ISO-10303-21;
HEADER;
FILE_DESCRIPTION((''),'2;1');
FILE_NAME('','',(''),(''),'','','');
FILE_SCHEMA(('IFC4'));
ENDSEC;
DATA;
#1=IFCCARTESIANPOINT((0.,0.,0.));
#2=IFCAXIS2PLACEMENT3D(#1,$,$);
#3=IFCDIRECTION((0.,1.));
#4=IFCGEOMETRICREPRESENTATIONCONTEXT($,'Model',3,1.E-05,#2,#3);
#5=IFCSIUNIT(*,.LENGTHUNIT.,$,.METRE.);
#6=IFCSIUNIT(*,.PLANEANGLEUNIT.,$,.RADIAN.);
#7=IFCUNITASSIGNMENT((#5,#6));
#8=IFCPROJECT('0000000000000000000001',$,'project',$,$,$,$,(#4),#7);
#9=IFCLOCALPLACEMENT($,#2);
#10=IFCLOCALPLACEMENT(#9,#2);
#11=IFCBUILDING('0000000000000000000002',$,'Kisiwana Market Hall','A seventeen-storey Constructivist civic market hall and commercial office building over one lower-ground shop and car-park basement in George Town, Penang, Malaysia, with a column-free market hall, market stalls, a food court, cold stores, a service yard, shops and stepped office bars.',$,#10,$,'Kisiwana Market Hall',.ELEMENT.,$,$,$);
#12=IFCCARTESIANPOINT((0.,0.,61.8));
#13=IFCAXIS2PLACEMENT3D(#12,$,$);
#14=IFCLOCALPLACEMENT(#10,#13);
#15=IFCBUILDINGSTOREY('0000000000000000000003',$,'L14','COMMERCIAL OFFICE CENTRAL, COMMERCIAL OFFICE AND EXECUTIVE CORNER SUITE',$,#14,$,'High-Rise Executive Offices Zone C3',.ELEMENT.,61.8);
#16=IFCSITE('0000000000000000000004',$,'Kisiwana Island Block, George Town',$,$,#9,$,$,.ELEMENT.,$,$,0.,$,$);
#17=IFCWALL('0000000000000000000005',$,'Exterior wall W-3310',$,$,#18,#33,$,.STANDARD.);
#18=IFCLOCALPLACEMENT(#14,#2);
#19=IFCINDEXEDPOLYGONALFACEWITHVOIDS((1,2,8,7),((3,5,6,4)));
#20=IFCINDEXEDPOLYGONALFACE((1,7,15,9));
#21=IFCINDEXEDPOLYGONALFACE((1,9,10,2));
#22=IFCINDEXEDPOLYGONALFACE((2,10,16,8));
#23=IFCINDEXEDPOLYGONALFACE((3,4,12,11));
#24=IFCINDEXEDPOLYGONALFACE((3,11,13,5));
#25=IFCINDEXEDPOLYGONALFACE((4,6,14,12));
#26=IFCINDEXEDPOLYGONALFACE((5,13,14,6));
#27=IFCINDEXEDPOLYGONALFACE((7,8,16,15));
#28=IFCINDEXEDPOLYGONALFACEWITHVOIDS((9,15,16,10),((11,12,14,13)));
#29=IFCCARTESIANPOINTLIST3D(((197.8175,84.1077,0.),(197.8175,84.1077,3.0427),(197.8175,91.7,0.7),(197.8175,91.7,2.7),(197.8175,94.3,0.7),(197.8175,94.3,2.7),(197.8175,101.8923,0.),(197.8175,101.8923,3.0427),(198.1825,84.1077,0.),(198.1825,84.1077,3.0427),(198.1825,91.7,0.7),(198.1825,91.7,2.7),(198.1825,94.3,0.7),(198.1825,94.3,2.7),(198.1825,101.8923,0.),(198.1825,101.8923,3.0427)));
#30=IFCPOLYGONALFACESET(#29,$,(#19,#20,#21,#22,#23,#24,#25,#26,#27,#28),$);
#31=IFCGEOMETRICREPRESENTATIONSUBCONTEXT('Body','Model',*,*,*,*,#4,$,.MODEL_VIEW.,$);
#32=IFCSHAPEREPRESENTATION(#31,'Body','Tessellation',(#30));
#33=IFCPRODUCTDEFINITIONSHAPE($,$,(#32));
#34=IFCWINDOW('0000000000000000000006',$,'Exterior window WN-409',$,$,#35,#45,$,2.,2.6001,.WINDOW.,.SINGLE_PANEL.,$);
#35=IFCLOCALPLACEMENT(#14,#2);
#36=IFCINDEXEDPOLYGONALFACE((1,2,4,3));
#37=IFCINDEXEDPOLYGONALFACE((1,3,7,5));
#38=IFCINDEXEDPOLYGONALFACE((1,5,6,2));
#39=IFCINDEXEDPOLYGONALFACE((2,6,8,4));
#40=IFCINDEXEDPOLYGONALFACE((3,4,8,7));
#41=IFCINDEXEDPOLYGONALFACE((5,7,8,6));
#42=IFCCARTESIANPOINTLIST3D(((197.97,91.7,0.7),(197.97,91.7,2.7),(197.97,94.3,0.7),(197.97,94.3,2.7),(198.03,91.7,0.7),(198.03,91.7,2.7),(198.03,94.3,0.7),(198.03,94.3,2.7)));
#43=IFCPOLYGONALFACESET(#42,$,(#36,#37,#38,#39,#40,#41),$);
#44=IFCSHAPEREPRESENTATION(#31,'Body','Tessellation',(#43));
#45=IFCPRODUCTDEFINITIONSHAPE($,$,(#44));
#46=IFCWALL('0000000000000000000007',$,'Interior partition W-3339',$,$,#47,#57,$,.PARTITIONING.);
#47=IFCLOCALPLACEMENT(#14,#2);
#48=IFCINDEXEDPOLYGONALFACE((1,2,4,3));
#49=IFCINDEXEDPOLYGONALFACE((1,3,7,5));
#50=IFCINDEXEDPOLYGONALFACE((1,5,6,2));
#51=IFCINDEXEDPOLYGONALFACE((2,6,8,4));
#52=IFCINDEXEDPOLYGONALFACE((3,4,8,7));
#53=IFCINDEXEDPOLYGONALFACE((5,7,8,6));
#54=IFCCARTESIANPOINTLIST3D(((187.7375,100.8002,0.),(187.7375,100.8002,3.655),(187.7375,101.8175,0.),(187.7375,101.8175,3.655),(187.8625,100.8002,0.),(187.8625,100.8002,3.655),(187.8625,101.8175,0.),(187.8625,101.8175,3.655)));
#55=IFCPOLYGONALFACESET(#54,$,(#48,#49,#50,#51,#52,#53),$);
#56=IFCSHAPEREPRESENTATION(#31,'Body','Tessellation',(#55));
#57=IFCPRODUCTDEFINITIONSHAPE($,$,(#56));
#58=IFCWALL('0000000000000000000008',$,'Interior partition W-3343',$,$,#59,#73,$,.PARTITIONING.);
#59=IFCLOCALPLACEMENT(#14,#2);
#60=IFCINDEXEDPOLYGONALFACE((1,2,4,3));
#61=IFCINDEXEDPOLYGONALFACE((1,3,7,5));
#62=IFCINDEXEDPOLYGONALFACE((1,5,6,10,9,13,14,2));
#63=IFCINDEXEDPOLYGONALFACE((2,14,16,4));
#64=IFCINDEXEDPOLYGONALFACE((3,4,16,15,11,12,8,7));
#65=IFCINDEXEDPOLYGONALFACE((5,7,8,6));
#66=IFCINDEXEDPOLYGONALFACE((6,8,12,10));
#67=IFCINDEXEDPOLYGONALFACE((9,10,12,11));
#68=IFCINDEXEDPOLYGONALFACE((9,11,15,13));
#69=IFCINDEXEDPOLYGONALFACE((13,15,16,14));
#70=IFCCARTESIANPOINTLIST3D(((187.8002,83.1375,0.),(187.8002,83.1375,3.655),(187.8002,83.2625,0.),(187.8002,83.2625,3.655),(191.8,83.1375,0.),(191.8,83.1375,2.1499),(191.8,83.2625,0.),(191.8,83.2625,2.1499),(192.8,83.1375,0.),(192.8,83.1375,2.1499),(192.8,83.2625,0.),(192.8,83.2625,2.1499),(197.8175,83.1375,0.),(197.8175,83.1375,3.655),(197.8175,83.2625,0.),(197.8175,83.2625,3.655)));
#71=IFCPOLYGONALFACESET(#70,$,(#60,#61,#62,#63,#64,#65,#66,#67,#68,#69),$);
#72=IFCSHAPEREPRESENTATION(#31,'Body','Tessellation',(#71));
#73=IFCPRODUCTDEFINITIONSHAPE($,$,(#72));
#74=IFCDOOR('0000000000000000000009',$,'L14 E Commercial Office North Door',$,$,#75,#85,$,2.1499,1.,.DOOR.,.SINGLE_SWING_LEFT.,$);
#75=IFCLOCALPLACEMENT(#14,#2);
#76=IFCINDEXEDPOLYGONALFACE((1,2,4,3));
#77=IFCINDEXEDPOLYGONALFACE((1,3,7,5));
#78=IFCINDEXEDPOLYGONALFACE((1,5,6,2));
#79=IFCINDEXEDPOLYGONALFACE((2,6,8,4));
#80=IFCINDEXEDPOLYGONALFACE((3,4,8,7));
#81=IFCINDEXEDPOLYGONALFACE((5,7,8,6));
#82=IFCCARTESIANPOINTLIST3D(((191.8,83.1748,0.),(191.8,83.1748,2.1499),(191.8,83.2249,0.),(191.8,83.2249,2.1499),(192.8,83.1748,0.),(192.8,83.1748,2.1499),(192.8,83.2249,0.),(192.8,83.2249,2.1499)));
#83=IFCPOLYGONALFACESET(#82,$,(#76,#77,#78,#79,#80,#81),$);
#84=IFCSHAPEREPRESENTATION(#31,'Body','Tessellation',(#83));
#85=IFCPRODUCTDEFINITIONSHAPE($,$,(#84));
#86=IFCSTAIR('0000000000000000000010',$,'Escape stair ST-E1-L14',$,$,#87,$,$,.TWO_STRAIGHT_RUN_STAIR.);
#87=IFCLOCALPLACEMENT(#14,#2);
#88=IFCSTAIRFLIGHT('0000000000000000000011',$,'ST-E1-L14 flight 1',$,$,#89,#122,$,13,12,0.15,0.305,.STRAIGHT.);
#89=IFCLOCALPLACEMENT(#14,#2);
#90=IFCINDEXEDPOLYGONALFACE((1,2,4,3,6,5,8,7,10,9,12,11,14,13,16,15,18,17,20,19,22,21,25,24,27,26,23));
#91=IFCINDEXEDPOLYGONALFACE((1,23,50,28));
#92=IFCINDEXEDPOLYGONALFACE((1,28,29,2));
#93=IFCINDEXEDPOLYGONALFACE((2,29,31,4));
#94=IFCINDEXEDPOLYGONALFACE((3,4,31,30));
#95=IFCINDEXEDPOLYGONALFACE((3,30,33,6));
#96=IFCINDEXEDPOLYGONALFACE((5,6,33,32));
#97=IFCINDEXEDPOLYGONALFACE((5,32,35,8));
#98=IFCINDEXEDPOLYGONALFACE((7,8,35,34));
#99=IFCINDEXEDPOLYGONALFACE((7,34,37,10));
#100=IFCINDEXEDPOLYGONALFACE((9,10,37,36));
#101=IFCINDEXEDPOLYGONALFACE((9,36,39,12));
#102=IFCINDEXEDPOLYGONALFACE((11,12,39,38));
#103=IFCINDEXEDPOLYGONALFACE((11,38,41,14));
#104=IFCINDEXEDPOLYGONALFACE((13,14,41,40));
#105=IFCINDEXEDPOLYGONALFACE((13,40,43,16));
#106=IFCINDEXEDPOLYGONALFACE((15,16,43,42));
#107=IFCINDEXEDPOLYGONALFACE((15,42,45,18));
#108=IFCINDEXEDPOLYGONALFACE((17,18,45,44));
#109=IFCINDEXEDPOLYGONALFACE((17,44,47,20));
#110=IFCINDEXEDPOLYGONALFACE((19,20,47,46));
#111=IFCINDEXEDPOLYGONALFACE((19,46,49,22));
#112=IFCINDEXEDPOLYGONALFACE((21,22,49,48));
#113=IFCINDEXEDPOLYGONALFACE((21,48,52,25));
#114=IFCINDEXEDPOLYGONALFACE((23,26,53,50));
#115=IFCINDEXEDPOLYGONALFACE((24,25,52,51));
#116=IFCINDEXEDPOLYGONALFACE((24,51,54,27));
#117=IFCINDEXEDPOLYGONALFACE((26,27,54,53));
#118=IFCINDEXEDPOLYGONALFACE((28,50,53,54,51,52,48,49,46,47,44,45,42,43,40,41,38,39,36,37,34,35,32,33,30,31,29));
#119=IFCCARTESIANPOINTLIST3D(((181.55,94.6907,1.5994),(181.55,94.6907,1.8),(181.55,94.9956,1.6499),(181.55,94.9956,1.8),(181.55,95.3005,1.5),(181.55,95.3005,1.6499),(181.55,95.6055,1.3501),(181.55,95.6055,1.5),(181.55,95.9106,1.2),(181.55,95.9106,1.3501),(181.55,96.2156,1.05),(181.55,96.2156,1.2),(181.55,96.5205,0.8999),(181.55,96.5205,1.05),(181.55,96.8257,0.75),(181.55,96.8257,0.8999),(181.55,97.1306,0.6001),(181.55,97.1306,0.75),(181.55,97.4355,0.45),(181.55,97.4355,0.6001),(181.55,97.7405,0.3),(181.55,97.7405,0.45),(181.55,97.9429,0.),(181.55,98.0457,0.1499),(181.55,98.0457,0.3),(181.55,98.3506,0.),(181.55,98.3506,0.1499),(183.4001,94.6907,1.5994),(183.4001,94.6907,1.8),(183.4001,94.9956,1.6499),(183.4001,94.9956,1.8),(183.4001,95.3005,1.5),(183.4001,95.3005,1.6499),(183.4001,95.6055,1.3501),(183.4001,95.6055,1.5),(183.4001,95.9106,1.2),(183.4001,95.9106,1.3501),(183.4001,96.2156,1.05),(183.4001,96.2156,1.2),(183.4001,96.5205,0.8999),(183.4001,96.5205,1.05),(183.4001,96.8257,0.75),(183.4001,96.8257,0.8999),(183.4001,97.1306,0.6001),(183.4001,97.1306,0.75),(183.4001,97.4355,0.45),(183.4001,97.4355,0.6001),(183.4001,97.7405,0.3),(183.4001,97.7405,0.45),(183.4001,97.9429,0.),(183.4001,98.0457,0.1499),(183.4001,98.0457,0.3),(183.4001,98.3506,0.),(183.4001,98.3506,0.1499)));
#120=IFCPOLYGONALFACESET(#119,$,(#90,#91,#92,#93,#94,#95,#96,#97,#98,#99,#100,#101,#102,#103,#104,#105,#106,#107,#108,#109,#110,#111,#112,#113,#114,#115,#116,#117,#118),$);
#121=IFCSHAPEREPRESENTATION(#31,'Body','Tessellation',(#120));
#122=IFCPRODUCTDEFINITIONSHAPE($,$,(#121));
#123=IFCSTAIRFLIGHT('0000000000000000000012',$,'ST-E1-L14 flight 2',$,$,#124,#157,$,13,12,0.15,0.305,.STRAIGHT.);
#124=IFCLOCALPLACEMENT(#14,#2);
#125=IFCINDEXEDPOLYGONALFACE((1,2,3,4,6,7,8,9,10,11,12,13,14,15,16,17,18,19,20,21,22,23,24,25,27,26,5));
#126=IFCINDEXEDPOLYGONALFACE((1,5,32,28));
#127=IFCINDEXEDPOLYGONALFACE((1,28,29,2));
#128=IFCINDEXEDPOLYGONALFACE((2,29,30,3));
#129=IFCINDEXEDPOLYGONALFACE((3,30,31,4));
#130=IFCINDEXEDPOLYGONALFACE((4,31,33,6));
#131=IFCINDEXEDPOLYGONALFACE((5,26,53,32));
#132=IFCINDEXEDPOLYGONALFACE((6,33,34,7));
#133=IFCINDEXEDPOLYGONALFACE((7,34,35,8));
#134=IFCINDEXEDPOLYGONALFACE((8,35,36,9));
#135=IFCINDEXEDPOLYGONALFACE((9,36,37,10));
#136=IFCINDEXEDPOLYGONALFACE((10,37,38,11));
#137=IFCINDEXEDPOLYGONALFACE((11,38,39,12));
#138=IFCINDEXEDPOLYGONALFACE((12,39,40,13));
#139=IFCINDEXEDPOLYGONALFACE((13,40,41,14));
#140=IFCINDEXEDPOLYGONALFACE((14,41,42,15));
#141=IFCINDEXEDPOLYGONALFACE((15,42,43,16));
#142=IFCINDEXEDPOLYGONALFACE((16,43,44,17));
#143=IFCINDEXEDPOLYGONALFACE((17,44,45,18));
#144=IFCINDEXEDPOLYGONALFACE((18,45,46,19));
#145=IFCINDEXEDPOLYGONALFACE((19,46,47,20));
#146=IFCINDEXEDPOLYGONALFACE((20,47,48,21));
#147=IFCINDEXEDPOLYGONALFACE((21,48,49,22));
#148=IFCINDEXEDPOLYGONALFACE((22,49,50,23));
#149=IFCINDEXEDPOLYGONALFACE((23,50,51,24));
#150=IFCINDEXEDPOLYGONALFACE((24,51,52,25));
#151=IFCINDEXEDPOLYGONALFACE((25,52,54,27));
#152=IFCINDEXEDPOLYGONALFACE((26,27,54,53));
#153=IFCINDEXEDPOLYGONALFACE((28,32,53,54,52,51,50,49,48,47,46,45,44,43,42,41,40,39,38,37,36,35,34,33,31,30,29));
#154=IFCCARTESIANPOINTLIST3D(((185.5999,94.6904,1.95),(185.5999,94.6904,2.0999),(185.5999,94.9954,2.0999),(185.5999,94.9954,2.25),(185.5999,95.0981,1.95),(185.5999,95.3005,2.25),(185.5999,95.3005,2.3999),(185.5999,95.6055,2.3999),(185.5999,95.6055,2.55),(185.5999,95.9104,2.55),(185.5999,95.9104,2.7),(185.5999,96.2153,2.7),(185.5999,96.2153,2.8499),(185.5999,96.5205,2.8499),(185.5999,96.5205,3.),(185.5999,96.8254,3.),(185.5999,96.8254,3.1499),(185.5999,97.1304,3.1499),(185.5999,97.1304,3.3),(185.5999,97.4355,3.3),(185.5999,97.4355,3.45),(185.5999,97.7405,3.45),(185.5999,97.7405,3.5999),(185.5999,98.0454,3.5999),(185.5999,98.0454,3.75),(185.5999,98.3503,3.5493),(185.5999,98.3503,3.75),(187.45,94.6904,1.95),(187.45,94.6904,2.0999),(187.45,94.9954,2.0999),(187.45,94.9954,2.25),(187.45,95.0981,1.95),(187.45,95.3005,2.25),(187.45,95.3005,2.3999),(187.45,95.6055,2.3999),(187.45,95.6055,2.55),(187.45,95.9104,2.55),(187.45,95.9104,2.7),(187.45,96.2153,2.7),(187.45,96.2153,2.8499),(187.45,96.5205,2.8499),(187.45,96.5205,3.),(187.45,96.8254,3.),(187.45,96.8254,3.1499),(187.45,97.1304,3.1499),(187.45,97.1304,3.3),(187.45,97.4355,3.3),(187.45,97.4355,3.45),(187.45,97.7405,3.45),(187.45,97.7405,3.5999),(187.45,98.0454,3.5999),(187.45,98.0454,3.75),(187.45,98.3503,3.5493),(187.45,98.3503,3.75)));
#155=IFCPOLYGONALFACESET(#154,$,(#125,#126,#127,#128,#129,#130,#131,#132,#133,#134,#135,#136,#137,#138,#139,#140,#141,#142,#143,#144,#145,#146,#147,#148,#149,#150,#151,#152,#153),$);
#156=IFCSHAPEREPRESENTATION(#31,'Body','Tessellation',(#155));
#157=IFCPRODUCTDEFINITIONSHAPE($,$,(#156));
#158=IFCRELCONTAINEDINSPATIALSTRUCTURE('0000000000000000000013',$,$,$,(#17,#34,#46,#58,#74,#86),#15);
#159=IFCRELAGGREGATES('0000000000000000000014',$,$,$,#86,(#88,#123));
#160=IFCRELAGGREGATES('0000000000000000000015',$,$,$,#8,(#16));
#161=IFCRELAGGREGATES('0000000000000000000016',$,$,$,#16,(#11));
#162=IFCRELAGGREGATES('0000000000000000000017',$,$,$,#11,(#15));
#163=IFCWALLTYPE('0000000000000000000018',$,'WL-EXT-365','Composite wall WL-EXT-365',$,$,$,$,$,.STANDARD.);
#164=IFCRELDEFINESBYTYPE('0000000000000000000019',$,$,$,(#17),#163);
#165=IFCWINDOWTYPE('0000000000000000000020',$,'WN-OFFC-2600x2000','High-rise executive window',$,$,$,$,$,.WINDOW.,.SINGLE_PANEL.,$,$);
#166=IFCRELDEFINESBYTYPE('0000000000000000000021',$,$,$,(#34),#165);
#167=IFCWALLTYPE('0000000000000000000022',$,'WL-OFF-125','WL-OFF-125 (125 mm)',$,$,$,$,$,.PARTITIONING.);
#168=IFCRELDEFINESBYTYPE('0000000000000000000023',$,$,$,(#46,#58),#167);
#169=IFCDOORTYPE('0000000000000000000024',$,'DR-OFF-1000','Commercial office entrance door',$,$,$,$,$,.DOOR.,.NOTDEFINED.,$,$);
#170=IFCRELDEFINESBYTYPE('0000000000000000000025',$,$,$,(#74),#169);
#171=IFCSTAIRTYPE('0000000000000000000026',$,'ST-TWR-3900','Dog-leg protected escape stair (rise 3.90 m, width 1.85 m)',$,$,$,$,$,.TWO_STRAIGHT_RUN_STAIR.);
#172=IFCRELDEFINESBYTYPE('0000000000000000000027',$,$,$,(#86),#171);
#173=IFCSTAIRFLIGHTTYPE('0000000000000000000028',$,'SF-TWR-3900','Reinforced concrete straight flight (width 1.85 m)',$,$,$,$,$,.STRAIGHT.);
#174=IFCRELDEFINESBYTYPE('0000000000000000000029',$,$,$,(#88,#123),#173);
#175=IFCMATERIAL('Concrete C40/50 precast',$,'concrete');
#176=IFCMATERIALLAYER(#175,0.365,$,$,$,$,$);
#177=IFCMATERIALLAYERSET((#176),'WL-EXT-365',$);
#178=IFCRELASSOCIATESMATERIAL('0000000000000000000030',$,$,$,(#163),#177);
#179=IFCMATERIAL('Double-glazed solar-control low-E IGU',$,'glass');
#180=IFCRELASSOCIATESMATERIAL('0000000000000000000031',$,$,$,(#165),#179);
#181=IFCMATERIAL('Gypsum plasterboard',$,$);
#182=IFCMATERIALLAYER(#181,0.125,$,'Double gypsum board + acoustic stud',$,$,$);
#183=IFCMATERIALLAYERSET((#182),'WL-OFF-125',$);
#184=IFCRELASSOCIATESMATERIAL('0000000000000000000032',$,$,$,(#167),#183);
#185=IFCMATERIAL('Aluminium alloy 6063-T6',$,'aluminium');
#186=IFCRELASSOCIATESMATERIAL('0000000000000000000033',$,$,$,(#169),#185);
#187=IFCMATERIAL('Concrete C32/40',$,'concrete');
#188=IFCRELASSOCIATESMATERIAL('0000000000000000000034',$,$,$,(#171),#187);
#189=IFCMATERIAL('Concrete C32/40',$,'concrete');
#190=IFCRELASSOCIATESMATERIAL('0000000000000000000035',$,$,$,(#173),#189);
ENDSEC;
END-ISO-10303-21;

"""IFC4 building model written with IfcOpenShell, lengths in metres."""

from ifc_helpers import new_model, si_unit, direction, frame, frame_2d, origin, place, context, subcontext, project, spatial, polyline, rectangle, outline, extrude, material, layer, layer_set, type_object, element, fill, aggregate, save


model = new_model("IFC4")

# Units and contexts
model_context = context("Model", 3, precision=1e-05, world=origin(), true_north=direction((0.0, 1.0)))
body_context = subcontext(model_context, "Body", "Model", "MODEL_VIEW")
ifc_project = project(units=[si_unit("LENGTHUNIT", "METRE"), si_unit("PLANEANGLEUNIT", "RADIAN")], contexts=[model_context])

# Site, building, storey
site_placement = place(None, origin())
site = spatial("IfcSite", under=ifc_project, at=site_placement, Name="Kisiwana Island Block, George Town", CompositionType="ELEMENT", RefElevation=0.0)
building_placement = place(site_placement, origin())
building = spatial("IfcBuilding", under=site, at=building_placement, Name="Kisiwana Market Hall", Description="A seventeen-storey Constructivist civic market hall and commercial office building over one lower-ground shop and car-park basement in George Town, Penang, Malaysia, with a column-free market hall, market stalls, a food court, cold stores, a service yard, shops and stepped office bars.", LongName="Kisiwana Market Hall", CompositionType="ELEMENT")
storey_placement = place(building_placement, frame((0.0, 0.0, 61.8)))
storey = spatial("IfcBuildingStorey", under=building, at=storey_placement, Name="L14", Description="COMMERCIAL OFFICE CENTRAL, COMMERCIAL OFFICE AND EXECUTIVE CORNER SUITE", LongName="High-Rise Executive Offices Zone C3", CompositionType="ELEMENT", Elevation=61.8)

# Wall, opening, window
ifc_material_1 = material(Name="Concrete C40/50 precast", Category="concrete")
ifc_layer_1 = layer(ifc_material_1, 0.365)
ifc_layer_set_1 = layer_set([ifc_layer_1], Name="WL-EXT-365")
wall_type_1 = type_object("IfcWallType", Name="WL-EXT-365", Description="Composite wall WL-EXT-365", PredefinedType="STANDARD", material=ifc_layer_set_1)
ifc_material_2 = material(Name="Double-glazed solar-control low-E IGU", Category="glass")
window_type = type_object("IfcWindowType", Name="WN-OFFC-2600x2000", Description="High-rise executive window", PartitioningType="SINGLE_PANEL", PredefinedType="WINDOW", material=ifc_material_2)
wall_1_placement = place(storey_placement, frame((198.0, 84.1077, 0.0), z_axis=(0.0, 0.0, 1.0), x_axis=(0.0, 1.0, 0.0)))
wall_1 = element("IfcWall", 1, at=wall_1_placement, inside=storey, type_object=wall_type_1, Name="Exterior wall W-3310", PredefinedType="STANDARD", context=body_context, shape_type="SweptSolid", body=[
    extrude(rectangle(XDim=17.7847, YDim=0.365, at=frame_2d((8.8923, 0.0))), origin(), (0.0, 0.0, 1.0), 3.0427),
])
opening_1_placement = place(wall_1_placement, frame((7.5923, 0.0, 0.7)))
opening_1 = element("IfcOpeningElement", 2, at=opening_1_placement, cuts=wall_1, PredefinedType="OPENING", context=body_context, shape_type="SweptSolid", body=[
    extrude(rectangle(XDim=2.6001, YDim=2.0, at=frame_2d((1.3, 1.0))), frame((0.0, 0.1943, 0.0), z_axis=(0.0, -1.0, 0.0), x_axis=(1.0, 0.0, 0.0)), (0.0, 0.0, 1.0), 0.3889),
])
window_1_placement = place(opening_1_placement, origin())
window_1 = element("IfcWindow", 3, at=window_1_placement, inside=storey, type_object=window_type, Name="Exterior window WN-409", OverallHeight=2.0, OverallWidth=2.6001, PartitioningType="SINGLE_PANEL", PredefinedType="WINDOW", context=body_context, shape_type="SweptSolid", body=[
    extrude(rectangle(XDim=2.6001, YDim=2.0, at=frame_2d((1.3, 1.0))), frame((0.0, 0.03, 0.0), z_axis=(0.0, -1.0, 0.0), x_axis=(1.0, 0.0, 0.0)), (0.0, 0.0, 1.0), 0.0601),
])
fill(opening_1, window_1)

# Wall
ifc_material_3 = material(Name="Gypsum plasterboard")
ifc_layer_2 = layer(ifc_material_3, 0.125, Name="Double gypsum board + acoustic stud")
ifc_layer_set_2 = layer_set([ifc_layer_2], Name="WL-OFF-125")
wall_type_2 = type_object("IfcWallType", Name="WL-OFF-125", Description="WL-OFF-125 (125 mm)", PredefinedType="PARTITIONING", material=ifc_layer_set_2)
wall_2_placement = place(storey_placement, frame((187.8, 100.8, 0.0), z_axis=(0.0, 0.0, 1.0), x_axis=(0.0, 1.0, 0.0)))
element("IfcWall", 4, at=wall_2_placement, inside=storey, type_object=wall_type_2, Name="Interior partition W-3339", PredefinedType="PARTITIONING", context=body_context, shape_type="SweptSolid", body=[
    extrude(rectangle(XDim=1.0173, YDim=0.125, at=frame_2d((0.5088, 0.0))), origin(), (0.0, 0.0, 1.0), 3.655),
])

# Wall, opening, door
wall_3_placement = place(storey_placement, frame((187.8, 83.2, 0.0), z_axis=(0.0, 0.0, 1.0), x_axis=(1.0, 0.0, 0.0)))
wall_3 = element("IfcWall", 5, at=wall_3_placement, inside=storey, type_object=wall_type_2, Name="Interior partition W-3343", PredefinedType="PARTITIONING", context=body_context, shape_type="SweptSolid", body=[
    extrude(rectangle(XDim=10.0173, YDim=0.125, at=frame_2d((5.0088, 0.0))), origin(), (0.0, 0.0, 1.0), 3.655),
])
opening_2_placement = place(wall_3_placement, frame((4.0, 0.0, 0.0)))
opening_2 = element("IfcOpeningElement", 6, at=opening_2_placement, cuts=wall_3, PredefinedType="OPENING", context=body_context, shape_type="SweptSolid", body=[
    extrude(rectangle(XDim=1.0, YDim=2.1499, at=frame_2d((0.5, 1.075))), frame((0.0, 0.0745, 0.0), z_axis=(0.0, -1.0, 0.0), x_axis=(1.0, 0.0, 0.0)), (0.0, 0.0, 1.0), 0.1489),
])
ifc_material_4 = material(Name="Aluminium alloy 6063-T6", Category="aluminium")
door_type_1 = type_object("IfcDoorType", Name="DR-OFF-1000", Description="Commercial office entrance door", OperationType="NOTDEFINED", PredefinedType="DOOR", material=ifc_material_4)
door_1_placement = place(opening_2_placement, origin())
door_1 = element("IfcDoor", 7, at=door_1_placement, inside=storey, type_object=door_type_1, Name="L14 E Commercial Office North Door", OperationType="SINGLE_SWING_LEFT", OverallHeight=2.1499, OverallWidth=1.0, PredefinedType="DOOR", context=body_context, shape_type="SweptSolid", body=[
    extrude(rectangle(XDim=1.0, YDim=2.1499, at=frame_2d((0.5, 1.075))), frame((0.0, 0.0249, 0.0), z_axis=(0.0, -1.0, 0.0), x_axis=(1.0, 0.0, 0.0)), (0.0, 0.0, 1.0), 0.05),
])
fill(opening_2, door_1)

# Stair, stair flights
ifc_material_5 = material(Name="Concrete C32/40", Category="concrete")
stair_type = type_object("IfcStairType", Name="ST-TWR-3900", Description="Dog-leg protected escape stair (rise 3.90 m, width 1.85 m)", PredefinedType="TWO_STRAIGHT_RUN_STAIR", material=ifc_material_5)
stair_placement = place(storey_placement, origin())
stair = element("IfcStair", 8, at=stair_placement, inside=storey, type_object=stair_type, Name="Escape stair ST-E1-L14", PredefinedType="TWO_STRAIGHT_RUN_STAIR")
ifc_material_6 = material(Name="Concrete C32/40", Category="concrete")
stair_flight_type = type_object("IfcStairFlightType", Name="SF-TWR-3900", Description="Reinforced concrete straight flight (width 1.85 m)", PredefinedType="STRAIGHT", material=ifc_material_6)
stair_flight_1_placement = place(storey_placement, frame((182.4751, 98.3506, 0.0), z_axis=(0.0, 0.0, 1.0), x_axis=(0.0, -1.0, 0.0)))
stair_flight_1 = element("IfcStairFlight", 9, at=stair_flight_1_placement, type_object=stair_flight_type, Name="ST-E1-L14 flight 1", NumberOfRisers=13, NumberOfTreads=12, PredefinedType="STRAIGHT", RiserHeight=0.15, TreadLength=0.305, context=body_context, shape_type="SweptSolid", body=[
    extrude(outline(polyline([(0.0, 0.0), (0.0, 0.1499), (0.3049, 0.1499), (0.3049, 0.3), (0.6101, 0.3), (0.6101, 0.45), (0.915, 0.45), (0.915, 0.6001), (1.22, 0.6001), (1.22, 0.75), (1.5249, 0.75), (1.5249, 0.8999), (1.8301, 0.8999), (1.8301, 1.05), (2.135, 1.05), (2.135, 1.2), (2.4399, 1.2), (2.4399, 1.3501), (2.7451, 1.3501), (2.7451, 1.5), (3.05, 1.5), (3.05, 1.6499), (3.355, 1.6499), (3.355, 1.8), (3.6599, 1.8), (3.6599, 1.95), (3.6599, 1.5994), (0.4077, 0.0), (0.0, 0.0)])), frame((0.0, 0.925, 0.0), z_axis=(0.0, -1.0, 0.0), x_axis=(1.0, 0.0, 0.0)), (0.0, 0.0, 1.0), 1.8501),
])
stair_flight_2_placement = place(storey_placement, frame((186.5249, 94.6904, 1.95), z_axis=(0.0, 0.0, 1.0), x_axis=(0.0, 1.0, 0.0)))
stair_flight_2 = element("IfcStairFlight", 10, at=stair_flight_2_placement, type_object=stair_flight_type, Name="ST-E1-L14 flight 2", NumberOfRisers=13, NumberOfTreads=12, PredefinedType="STRAIGHT", RiserHeight=0.15, TreadLength=0.305, context=body_context, shape_type="SweptSolid", body=[
    extrude(outline(polyline([(0.0, 0.0), (0.0, 0.1499), (0.3049, 0.1499), (0.3049, 0.3), (0.6101, 0.3), (0.6101, 0.45), (0.915, 0.45), (0.915, 0.6001), (1.22, 0.6001), (1.22, 0.75), (1.5249, 0.75), (1.5249, 0.8999), (1.8301, 0.8999), (1.8301, 1.05), (2.135, 1.05), (2.135, 1.2), (2.4399, 1.2), (2.4399, 1.3501), (2.7451, 1.3501), (2.7451, 1.5), (3.05, 1.5), (3.05, 1.6499), (3.355, 1.6499), (3.355, 1.8), (3.6599, 1.8), (3.6599, 1.95), (3.6599, 1.5994), (0.4077, 0.0), (0.0, 0.0)])), frame((0.0, 0.925, 0.0), z_axis=(0.0, -1.0, 0.0), x_axis=(1.0, 0.0, 0.0)), (0.0, 0.0, 1.0), 1.8501),
])
aggregate(stair, [stair_flight_1, stair_flight_2])

save(model, "model.ifc")
